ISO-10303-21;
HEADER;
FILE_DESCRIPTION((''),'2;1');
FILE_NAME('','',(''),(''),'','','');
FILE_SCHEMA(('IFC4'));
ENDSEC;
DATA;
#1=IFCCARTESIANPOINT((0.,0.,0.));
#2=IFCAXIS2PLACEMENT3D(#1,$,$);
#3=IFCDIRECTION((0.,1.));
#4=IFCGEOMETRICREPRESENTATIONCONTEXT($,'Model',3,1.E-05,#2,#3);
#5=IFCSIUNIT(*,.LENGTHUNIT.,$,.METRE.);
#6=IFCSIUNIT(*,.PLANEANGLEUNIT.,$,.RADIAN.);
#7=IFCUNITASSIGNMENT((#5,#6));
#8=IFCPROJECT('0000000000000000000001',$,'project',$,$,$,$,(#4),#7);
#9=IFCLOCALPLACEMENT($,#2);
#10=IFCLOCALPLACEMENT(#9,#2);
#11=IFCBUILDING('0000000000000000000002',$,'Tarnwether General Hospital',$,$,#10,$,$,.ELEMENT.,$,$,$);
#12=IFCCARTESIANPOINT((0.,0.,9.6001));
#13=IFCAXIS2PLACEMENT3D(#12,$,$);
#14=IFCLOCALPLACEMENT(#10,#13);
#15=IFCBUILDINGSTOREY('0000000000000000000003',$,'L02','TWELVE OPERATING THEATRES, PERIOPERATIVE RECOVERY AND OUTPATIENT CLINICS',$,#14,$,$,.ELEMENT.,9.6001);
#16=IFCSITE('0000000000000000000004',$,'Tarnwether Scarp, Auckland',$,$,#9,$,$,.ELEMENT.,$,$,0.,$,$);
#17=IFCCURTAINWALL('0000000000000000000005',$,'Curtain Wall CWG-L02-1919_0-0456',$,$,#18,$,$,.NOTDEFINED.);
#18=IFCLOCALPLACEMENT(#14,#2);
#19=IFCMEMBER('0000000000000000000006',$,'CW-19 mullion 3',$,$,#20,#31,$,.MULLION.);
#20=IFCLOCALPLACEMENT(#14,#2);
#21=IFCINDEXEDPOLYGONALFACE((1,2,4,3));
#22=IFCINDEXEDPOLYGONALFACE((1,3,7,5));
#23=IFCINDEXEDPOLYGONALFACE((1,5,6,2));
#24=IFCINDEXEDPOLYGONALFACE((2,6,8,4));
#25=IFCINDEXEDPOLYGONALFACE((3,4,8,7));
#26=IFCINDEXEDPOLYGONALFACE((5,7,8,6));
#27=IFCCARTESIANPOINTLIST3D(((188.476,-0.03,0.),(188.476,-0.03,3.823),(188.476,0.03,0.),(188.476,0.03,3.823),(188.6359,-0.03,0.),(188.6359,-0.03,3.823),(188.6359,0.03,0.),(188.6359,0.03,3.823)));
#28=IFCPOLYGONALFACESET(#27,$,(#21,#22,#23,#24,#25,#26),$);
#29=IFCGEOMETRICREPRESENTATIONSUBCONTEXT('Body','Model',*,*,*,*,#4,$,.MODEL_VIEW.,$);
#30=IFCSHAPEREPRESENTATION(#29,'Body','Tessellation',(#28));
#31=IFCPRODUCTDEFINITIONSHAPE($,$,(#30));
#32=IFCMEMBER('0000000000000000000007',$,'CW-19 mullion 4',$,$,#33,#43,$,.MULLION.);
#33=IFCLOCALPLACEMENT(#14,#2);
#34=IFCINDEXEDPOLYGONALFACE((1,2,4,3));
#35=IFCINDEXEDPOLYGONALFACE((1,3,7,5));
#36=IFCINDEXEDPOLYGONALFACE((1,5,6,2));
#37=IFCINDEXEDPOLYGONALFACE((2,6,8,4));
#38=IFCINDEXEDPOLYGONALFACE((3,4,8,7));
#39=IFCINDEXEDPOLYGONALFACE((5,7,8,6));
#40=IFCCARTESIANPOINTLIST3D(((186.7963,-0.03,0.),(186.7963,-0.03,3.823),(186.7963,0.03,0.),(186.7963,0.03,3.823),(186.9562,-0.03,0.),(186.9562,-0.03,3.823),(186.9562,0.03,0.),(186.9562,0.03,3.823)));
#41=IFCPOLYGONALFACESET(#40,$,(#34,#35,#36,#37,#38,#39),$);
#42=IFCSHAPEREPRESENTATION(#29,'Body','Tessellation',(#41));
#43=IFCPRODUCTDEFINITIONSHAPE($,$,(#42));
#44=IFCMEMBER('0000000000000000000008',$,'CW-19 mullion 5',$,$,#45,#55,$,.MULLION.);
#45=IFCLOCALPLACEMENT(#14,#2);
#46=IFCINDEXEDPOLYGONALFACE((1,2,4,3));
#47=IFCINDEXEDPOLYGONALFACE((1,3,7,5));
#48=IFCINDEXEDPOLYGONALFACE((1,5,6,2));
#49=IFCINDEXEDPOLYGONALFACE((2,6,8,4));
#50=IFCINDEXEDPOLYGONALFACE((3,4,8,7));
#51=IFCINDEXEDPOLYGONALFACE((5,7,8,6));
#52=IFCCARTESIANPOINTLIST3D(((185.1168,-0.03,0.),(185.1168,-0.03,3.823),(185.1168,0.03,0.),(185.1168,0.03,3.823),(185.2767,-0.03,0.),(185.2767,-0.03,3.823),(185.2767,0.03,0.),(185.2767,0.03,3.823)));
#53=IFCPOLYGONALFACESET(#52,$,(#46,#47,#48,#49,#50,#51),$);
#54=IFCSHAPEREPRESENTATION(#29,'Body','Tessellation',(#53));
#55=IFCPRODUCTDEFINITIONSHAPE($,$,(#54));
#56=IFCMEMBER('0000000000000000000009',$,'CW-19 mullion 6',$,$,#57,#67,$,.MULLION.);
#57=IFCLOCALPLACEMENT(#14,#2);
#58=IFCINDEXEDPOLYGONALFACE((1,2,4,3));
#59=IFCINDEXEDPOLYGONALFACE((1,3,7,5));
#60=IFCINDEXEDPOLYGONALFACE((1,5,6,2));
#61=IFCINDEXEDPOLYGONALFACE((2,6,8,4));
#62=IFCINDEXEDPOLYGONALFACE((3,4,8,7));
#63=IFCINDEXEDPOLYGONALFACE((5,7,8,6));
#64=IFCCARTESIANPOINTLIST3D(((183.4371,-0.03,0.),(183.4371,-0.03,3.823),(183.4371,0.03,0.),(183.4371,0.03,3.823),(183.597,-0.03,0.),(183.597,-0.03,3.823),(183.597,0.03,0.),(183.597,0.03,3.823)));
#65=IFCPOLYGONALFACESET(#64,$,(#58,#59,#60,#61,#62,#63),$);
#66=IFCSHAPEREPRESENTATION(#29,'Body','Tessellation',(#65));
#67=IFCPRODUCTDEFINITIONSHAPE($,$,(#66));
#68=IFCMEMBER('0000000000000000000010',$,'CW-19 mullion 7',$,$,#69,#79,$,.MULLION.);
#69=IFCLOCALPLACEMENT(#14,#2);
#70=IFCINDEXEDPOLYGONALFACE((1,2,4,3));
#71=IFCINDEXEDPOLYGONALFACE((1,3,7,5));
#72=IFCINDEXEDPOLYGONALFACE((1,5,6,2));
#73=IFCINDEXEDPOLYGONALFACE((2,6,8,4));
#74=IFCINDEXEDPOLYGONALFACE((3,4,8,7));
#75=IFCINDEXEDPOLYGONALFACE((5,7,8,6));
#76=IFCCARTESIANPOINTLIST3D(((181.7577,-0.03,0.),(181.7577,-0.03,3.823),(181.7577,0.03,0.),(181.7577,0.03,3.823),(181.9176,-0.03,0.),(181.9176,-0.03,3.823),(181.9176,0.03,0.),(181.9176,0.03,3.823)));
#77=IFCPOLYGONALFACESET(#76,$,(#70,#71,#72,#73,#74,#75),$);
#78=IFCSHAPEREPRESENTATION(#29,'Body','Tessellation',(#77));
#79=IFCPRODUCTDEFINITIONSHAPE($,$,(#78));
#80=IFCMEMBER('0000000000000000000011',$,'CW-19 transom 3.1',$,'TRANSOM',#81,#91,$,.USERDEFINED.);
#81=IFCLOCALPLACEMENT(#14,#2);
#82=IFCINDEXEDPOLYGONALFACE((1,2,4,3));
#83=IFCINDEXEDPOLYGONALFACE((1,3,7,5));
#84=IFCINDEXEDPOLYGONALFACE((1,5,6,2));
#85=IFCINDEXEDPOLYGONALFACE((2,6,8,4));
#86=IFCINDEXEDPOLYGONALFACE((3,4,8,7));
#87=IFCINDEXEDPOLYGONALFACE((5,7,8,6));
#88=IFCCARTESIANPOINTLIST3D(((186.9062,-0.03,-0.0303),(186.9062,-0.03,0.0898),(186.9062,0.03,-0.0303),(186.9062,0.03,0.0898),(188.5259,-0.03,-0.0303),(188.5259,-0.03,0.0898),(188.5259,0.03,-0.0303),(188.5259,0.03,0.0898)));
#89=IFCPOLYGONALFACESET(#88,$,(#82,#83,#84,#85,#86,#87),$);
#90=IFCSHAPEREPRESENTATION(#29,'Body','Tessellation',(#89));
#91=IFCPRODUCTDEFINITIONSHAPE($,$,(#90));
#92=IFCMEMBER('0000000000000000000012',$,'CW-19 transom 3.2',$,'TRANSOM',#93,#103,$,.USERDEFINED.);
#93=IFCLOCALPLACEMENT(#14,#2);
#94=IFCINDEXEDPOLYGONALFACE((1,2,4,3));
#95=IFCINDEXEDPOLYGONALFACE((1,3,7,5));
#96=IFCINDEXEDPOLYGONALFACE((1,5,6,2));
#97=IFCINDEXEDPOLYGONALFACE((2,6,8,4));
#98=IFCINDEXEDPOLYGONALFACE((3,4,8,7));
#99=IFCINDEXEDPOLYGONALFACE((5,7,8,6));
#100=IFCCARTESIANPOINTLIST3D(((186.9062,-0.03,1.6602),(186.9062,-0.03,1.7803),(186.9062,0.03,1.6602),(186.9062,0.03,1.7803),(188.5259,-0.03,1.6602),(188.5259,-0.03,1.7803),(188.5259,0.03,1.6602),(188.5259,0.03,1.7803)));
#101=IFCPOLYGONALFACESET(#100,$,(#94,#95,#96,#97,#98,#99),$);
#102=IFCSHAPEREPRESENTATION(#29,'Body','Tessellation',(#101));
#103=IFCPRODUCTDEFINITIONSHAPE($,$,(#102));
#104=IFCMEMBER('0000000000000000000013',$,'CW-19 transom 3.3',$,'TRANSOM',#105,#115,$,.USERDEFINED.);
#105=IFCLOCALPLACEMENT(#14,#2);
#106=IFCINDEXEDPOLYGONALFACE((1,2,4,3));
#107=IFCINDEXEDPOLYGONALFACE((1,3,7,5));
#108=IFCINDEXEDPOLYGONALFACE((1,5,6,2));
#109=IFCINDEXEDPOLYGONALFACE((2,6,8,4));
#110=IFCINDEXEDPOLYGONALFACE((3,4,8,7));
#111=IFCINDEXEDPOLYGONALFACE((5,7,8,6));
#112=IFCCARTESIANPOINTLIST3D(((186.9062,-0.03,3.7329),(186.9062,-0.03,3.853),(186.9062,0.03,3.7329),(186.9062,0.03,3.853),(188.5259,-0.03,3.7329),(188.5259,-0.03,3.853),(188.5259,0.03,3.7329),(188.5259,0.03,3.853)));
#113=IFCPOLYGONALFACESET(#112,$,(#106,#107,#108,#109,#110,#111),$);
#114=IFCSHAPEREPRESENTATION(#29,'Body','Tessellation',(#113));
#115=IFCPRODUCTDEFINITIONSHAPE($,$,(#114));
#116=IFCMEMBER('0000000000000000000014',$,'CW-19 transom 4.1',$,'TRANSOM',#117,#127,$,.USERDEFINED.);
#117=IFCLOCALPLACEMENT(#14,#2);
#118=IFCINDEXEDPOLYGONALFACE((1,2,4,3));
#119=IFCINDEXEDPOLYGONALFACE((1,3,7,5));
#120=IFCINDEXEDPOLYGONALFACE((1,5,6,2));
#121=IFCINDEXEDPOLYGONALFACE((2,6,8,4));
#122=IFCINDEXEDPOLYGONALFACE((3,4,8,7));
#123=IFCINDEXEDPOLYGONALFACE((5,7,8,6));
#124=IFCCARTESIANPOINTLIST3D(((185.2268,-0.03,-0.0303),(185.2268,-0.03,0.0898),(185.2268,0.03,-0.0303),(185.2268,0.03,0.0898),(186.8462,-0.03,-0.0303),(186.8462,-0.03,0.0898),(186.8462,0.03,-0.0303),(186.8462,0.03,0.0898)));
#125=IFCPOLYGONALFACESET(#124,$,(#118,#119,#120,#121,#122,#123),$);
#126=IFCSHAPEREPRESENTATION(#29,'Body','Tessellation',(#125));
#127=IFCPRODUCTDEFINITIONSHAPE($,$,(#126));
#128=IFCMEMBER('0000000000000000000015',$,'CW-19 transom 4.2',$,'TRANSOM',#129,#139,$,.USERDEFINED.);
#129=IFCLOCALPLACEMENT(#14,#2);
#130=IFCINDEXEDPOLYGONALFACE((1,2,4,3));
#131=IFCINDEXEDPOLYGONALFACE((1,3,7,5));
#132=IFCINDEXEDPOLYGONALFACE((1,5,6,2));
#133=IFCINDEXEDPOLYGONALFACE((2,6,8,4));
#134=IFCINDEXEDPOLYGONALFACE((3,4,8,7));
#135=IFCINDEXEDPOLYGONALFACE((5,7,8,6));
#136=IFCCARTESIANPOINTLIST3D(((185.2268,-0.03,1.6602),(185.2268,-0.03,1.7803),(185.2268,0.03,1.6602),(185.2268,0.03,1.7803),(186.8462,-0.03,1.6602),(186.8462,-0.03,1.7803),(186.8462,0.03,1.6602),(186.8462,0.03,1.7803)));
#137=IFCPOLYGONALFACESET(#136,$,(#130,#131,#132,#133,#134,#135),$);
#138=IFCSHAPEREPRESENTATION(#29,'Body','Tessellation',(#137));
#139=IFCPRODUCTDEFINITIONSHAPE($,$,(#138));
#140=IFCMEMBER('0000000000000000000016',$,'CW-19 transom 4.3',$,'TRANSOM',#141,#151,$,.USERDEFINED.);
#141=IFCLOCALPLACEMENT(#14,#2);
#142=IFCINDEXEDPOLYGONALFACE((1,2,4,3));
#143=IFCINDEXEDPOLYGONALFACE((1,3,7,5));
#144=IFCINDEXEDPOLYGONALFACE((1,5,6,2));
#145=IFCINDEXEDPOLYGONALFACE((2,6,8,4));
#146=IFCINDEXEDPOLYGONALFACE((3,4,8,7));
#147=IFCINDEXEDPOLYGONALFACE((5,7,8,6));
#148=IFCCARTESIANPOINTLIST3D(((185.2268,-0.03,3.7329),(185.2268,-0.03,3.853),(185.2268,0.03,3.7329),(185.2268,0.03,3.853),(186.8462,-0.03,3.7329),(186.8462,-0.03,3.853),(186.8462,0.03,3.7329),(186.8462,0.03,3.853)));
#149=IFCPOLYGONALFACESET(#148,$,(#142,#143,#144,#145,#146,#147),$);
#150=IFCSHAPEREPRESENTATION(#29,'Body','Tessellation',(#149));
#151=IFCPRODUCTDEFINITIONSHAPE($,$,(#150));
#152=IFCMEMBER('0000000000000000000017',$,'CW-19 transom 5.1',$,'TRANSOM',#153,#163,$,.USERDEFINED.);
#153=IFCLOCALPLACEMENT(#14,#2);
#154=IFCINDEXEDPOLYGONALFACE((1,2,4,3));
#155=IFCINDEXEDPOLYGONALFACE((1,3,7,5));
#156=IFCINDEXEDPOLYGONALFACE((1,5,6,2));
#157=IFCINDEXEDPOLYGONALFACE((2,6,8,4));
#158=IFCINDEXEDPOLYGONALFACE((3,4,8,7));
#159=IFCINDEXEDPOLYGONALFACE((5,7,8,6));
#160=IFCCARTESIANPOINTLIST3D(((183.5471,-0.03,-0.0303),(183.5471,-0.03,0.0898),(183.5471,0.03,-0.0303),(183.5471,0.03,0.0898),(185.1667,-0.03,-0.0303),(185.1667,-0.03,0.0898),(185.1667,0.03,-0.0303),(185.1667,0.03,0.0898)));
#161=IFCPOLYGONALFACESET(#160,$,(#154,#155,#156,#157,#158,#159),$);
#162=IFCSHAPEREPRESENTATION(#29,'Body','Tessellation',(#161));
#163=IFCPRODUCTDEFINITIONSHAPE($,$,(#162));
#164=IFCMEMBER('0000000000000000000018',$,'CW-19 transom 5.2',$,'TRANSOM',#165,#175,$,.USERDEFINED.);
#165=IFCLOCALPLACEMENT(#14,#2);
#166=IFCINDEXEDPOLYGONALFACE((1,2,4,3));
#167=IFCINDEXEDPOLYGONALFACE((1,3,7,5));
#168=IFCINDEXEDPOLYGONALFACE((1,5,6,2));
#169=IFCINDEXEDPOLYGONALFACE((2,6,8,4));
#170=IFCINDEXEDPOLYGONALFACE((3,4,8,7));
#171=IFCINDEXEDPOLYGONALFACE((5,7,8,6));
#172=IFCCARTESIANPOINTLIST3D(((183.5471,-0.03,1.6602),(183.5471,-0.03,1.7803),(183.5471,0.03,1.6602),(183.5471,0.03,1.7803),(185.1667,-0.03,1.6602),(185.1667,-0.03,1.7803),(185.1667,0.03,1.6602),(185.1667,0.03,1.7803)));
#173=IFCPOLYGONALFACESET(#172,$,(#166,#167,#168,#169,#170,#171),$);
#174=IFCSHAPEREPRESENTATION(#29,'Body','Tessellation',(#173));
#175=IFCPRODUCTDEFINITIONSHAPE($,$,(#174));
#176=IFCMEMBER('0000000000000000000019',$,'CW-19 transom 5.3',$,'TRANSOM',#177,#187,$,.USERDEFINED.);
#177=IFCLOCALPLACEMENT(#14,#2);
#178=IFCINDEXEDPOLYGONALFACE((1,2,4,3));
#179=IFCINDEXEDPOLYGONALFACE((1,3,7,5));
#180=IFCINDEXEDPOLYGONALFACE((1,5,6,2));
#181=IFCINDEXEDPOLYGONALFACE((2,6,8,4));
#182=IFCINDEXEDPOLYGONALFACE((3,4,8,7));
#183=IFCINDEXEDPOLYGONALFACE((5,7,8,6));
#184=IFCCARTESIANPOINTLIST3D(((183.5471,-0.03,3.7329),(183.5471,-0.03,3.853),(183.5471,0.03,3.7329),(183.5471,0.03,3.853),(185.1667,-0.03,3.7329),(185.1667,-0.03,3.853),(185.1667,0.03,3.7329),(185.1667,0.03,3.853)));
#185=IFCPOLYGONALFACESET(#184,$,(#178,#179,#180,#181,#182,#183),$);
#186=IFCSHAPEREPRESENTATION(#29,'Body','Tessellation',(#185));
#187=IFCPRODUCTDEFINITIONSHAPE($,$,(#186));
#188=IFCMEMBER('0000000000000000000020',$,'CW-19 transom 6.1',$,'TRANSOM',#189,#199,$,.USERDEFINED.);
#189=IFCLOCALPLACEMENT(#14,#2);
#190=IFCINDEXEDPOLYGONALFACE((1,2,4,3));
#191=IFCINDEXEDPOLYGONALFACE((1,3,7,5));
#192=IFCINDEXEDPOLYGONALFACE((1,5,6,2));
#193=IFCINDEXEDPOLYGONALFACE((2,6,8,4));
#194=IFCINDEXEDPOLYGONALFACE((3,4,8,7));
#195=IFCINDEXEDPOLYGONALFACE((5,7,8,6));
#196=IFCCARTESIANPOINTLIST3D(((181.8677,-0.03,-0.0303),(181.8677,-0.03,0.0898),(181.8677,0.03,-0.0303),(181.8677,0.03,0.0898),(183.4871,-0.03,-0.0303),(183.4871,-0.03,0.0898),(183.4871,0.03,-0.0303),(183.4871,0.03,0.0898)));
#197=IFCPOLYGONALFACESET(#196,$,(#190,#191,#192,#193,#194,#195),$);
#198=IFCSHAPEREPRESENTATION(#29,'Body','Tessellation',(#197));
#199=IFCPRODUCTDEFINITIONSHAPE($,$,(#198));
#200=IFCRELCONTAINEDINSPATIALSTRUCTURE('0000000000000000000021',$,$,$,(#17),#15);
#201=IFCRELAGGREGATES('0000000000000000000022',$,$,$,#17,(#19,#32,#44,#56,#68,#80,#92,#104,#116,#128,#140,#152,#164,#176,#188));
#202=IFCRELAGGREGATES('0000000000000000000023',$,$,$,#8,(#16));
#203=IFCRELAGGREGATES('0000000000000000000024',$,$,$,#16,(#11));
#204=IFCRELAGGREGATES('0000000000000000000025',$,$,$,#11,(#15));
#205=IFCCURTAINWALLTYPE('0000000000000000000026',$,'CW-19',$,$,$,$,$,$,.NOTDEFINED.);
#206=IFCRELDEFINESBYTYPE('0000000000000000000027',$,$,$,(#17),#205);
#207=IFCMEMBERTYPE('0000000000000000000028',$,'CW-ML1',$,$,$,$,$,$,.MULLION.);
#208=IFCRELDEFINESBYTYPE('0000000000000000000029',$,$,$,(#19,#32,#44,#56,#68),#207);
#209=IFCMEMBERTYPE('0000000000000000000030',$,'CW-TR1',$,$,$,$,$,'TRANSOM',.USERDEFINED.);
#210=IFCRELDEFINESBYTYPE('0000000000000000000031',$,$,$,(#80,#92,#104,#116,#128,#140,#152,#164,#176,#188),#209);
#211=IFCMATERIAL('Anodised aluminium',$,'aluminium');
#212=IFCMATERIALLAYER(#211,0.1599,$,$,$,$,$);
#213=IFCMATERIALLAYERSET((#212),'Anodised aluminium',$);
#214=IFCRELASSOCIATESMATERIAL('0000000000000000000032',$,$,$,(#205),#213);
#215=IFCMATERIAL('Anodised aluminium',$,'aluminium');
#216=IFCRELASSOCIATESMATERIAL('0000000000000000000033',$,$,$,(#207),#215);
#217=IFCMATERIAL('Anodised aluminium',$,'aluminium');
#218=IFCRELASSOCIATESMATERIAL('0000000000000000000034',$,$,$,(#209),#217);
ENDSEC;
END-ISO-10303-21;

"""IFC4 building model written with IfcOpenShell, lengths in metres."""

from ifc_helpers import new_model, si_unit, direction, frame, origin, origin_2d, place, context, subcontext, project, spatial, rectangle, extrude, material, layer, layer_set, material_profile, profile_set, type_object, element, aggregate, save


model = new_model("IFC4")

# Units and contexts
model_context = context("Model", 3, precision=1e-05, world=origin(), true_north=direction((0.0, 1.0)))
body_context = subcontext(model_context, "Body", "Model", "MODEL_VIEW")
ifc_project = project(units=[si_unit("LENGTHUNIT", "METRE"), si_unit("PLANEANGLEUNIT", "RADIAN")], contexts=[model_context])

# Site, building, storey
site_placement = place(None, origin())
site = spatial("IfcSite", under=ifc_project, at=site_placement, Name="Tarnwether Scarp, Auckland", CompositionType="ELEMENT", RefElevation=0.0)
building_placement = place(site_placement, origin())
building = spatial("IfcBuilding", under=site, at=building_placement, Name="Tarnwether General Hospital", CompositionType="ELEMENT")
storey_placement = place(building_placement, frame((0.0, 0.0, 9.6001)))
storey = spatial("IfcBuildingStorey", under=building, at=storey_placement, Name="L02", Description="TWELVE OPERATING THEATRES, PERIOPERATIVE RECOVERY AND OUTPATIENT CLINICS", CompositionType="ELEMENT", Elevation=9.6001)

# Curtain wall, members
ifc_material_1 = material(Name="Anodised aluminium", Category="aluminium")
ifc_layer_1 = layer(ifc_material_1, 0.1599)
ifc_layer_set_1 = layer_set([ifc_layer_1], Name="Anodised aluminium")
curtain_wall_type = type_object("IfcCurtainWallType", Name="CW-19", PredefinedType="NOTDEFINED", material=ifc_layer_set_1)
curtain_wall_placement = place(storey_placement, origin())
curtain_wall = element("IfcCurtainWall", 1, at=curtain_wall_placement, inside=storey, type_object=curtain_wall_type, Name="Curtain Wall CWG-L02-1919_0-0456", PredefinedType="NOTDEFINED")
ifc_material_2 = material(Name="Anodised aluminium", Category="aluminium")
ifc_material_profile_1 = material_profile(ifc_material_2, rectangle(XDim=0.0601, YDim=0.1599, at=origin_2d()), Name="ALU-MUL-60x160")
ifc_profile_set_1 = profile_set([ifc_material_profile_1], Name="Anodised aluminium")
member_type_1 = type_object("IfcMemberType", Name="CW-ML1", PredefinedType="MULLION", material=ifc_profile_set_1)
member_1_placement = place(storey_placement, frame((188.5559, 0.0, 0.0), z_axis=(0.0, 0.0, 1.0), x_axis=(0.0, -1.0, 0.0)))
member_1 = element("IfcMember", 2, at=member_1_placement, type_object=member_type_1, Name="CW-19 mullion 3", PredefinedType="MULLION", context=body_context, shape_type="SweptSolid", body=[
    extrude(rectangle(XDim=0.0601, YDim=0.1599, at=origin_2d()), origin(), (0.0, 0.0, 1.0), 3.823),
])
member_2_placement = place(storey_placement, frame((186.8762, 0.0, 0.0), z_axis=(0.0, 0.0, 1.0), x_axis=(0.0, -1.0, 0.0)))
member_2 = element("IfcMember", 3, at=member_2_placement, type_object=member_type_1, Name="CW-19 mullion 4", PredefinedType="MULLION", context=body_context, shape_type="SweptSolid", body=[
    extrude(rectangle(XDim=0.0601, YDim=0.1599, at=origin_2d()), origin(), (0.0, 0.0, 1.0), 3.823),
])
member_3_placement = place(storey_placement, frame((185.1968, 0.0, 0.0), z_axis=(0.0, 0.0, 1.0), x_axis=(0.0, -1.0, 0.0)))
member_3 = element("IfcMember", 4, at=member_3_placement, type_object=member_type_1, Name="CW-19 mullion 5", PredefinedType="MULLION", context=body_context, shape_type="SweptSolid", body=[
    extrude(rectangle(XDim=0.0601, YDim=0.1599, at=origin_2d()), origin(), (0.0, 0.0, 1.0), 3.823),
])
member_4_placement = place(storey_placement, frame((183.5171, 0.0, 0.0), z_axis=(0.0, 0.0, 1.0), x_axis=(0.0, -1.0, 0.0)))
member_4 = element("IfcMember", 5, at=member_4_placement, type_object=member_type_1, Name="CW-19 mullion 6", PredefinedType="MULLION", context=body_context, shape_type="SweptSolid", body=[
    extrude(rectangle(XDim=0.0601, YDim=0.1599, at=origin_2d()), origin(), (0.0, 0.0, 1.0), 3.823),
])
member_5_placement = place(storey_placement, frame((181.8376, 0.0, 0.0), z_axis=(0.0, 0.0, 1.0), x_axis=(0.0, -1.0, 0.0)))
member_5 = element("IfcMember", 6, at=member_5_placement, type_object=member_type_1, Name="CW-19 mullion 7", PredefinedType="MULLION", context=body_context, shape_type="SweptSolid", body=[
    extrude(rectangle(XDim=0.0601, YDim=0.1599, at=origin_2d()), origin(), (0.0, 0.0, 1.0), 3.823),
])
ifc_material_3 = material(Name="Anodised aluminium", Category="aluminium")
ifc_material_profile_2 = material_profile(ifc_material_3, rectangle(XDim=0.0601, YDim=0.1201, at=origin_2d()), Name="ALU-TRN-60x120")
ifc_profile_set_2 = profile_set([ifc_material_profile_2], Name="Anodised aluminium")
member_type_2 = type_object("IfcMemberType", Name="CW-TR1", ElementType="TRANSOM", PredefinedType="USERDEFINED", material=ifc_profile_set_2)
member_6_placement = place(storey_placement, frame((188.5259, 0.0, 0.0298), z_axis=(-1.0, 0.0, 0.0), x_axis=(0.0, -1.0, 0.0)))
member_6 = element("IfcMember", 7, at=member_6_placement, type_object=member_type_2, Name="CW-19 transom 3.1", ObjectType="TRANSOM", PredefinedType="USERDEFINED", context=body_context, shape_type="SweptSolid", body=[
    extrude(rectangle(XDim=0.0601, YDim=0.1201, at=origin_2d()), origin(), (0.0, 0.0, 1.0), 1.6196),
])
member_7_placement = place(storey_placement, frame((188.5259, 0.0, 1.7202), z_axis=(-1.0, 0.0, 0.0), x_axis=(0.0, -1.0, 0.0)))
member_7 = element("IfcMember", 8, at=member_7_placement, type_object=member_type_2, Name="CW-19 transom 3.2", ObjectType="TRANSOM", PredefinedType="USERDEFINED", context=body_context, shape_type="SweptSolid", body=[
    extrude(rectangle(XDim=0.0601, YDim=0.1201, at=origin_2d()), origin(), (0.0, 0.0, 1.0), 1.6196),
])
member_8_placement = place(storey_placement, frame((188.5259, 0.0, 3.793), z_axis=(-1.0, 0.0, 0.0), x_axis=(0.0, -1.0, 0.0)))
member_8 = element("IfcMember", 9, at=member_8_placement, type_object=member_type_2, Name="CW-19 transom 3.3", ObjectType="TRANSOM", PredefinedType="USERDEFINED", context=body_context, shape_type="SweptSolid", body=[
    extrude(rectangle(XDim=0.0601, YDim=0.1201, at=origin_2d()), origin(), (0.0, 0.0, 1.0), 1.6196),
])
member_9_placement = place(storey_placement, frame((186.8462, 0.0, 0.0298), z_axis=(-1.0, 0.0, 0.0), x_axis=(0.0, -1.0, 0.0)))
member_9 = element("IfcMember", 10, at=member_9_placement, type_object=member_type_2, Name="CW-19 transom 4.1", ObjectType="TRANSOM", PredefinedType="USERDEFINED", context=body_context, shape_type="SweptSolid", body=[
    extrude(rectangle(XDim=0.0601, YDim=0.1201, at=origin_2d()), origin(), (0.0, 0.0, 1.0), 1.6194),
])
member_10_placement = place(storey_placement, frame((186.8462, 0.0, 1.7202), z_axis=(-1.0, 0.0, 0.0), x_axis=(0.0, -1.0, 0.0)))
member_10 = element("IfcMember", 11, at=member_10_placement, type_object=member_type_2, Name="CW-19 transom 4.2", ObjectType="TRANSOM", PredefinedType="USERDEFINED", context=body_context, shape_type="SweptSolid", body=[
    extrude(rectangle(XDim=0.0601, YDim=0.1201, at=origin_2d()), origin(), (0.0, 0.0, 1.0), 1.6194),
])
member_11_placement = place(storey_placement, frame((186.8462, 0.0, 3.793), z_axis=(-1.0, 0.0, 0.0), x_axis=(0.0, -1.0, 0.0)))
member_11 = element("IfcMember", 12, at=member_11_placement, type_object=member_type_2, Name="CW-19 transom 4.3", ObjectType="TRANSOM", PredefinedType="USERDEFINED", context=body_context, shape_type="SweptSolid", body=[
    extrude(rectangle(XDim=0.0601, YDim=0.1201, at=origin_2d()), origin(), (0.0, 0.0, 1.0), 1.6194),
])
member_12_placement = place(storey_placement, frame((185.1667, 0.0, 0.0298), z_axis=(-1.0, 0.0, 0.0), x_axis=(0.0, -1.0, 0.0)))
member_12 = element("IfcMember", 13, at=member_12_placement, type_object=member_type_2, Name="CW-19 transom 5.1", ObjectType="TRANSOM", PredefinedType="USERDEFINED", context=body_context, shape_type="SweptSolid", body=[
    extrude(rectangle(XDim=0.0601, YDim=0.1201, at=origin_2d()), origin(), (0.0, 0.0, 1.0), 1.6196),
])
member_13_placement = place(storey_placement, frame((185.1667, 0.0, 1.7202), z_axis=(-1.0, 0.0, 0.0), x_axis=(0.0, -1.0, 0.0)))
member_13 = element("IfcMember", 14, at=member_13_placement, type_object=member_type_2, Name="CW-19 transom 5.2", ObjectType="TRANSOM", PredefinedType="USERDEFINED", context=body_context, shape_type="SweptSolid", body=[
    extrude(rectangle(XDim=0.0601, YDim=0.1201, at=origin_2d()), origin(), (0.0, 0.0, 1.0), 1.6196),
])
member_14_placement = place(storey_placement, frame((185.1667, 0.0, 3.793), z_axis=(-1.0, 0.0, 0.0), x_axis=(0.0, -1.0, 0.0)))
member_14 = element("IfcMember", 15, at=member_14_placement, type_object=member_type_2, Name="CW-19 transom 5.3", ObjectType="TRANSOM", PredefinedType="USERDEFINED", context=body_context, shape_type="SweptSolid", body=[
    extrude(rectangle(XDim=0.0601, YDim=0.1201, at=origin_2d()), origin(), (0.0, 0.0, 1.0), 1.6196),
])
member_15_placement = place(storey_placement, frame((183.4871, 0.0, 0.0298), z_axis=(-1.0, 0.0, 0.0), x_axis=(0.0, -1.0, 0.0)))
member_15 = element("IfcMember", 16, at=member_15_placement, type_object=member_type_2, Name="CW-19 transom 6.1", ObjectType="TRANSOM", PredefinedType="USERDEFINED", context=body_context, shape_type="SweptSolid", body=[
    extrude(rectangle(XDim=0.0601, YDim=0.1201, at=origin_2d()), origin(), (0.0, 0.0, 1.0), 1.6194),
])
aggregate(curtain_wall, [member_1, member_2, member_3, member_4, member_5, member_6, member_7, member_8, member_9, member_10, member_11, member_12, member_13, member_14, member_15])

save(model, "model.ifc")
